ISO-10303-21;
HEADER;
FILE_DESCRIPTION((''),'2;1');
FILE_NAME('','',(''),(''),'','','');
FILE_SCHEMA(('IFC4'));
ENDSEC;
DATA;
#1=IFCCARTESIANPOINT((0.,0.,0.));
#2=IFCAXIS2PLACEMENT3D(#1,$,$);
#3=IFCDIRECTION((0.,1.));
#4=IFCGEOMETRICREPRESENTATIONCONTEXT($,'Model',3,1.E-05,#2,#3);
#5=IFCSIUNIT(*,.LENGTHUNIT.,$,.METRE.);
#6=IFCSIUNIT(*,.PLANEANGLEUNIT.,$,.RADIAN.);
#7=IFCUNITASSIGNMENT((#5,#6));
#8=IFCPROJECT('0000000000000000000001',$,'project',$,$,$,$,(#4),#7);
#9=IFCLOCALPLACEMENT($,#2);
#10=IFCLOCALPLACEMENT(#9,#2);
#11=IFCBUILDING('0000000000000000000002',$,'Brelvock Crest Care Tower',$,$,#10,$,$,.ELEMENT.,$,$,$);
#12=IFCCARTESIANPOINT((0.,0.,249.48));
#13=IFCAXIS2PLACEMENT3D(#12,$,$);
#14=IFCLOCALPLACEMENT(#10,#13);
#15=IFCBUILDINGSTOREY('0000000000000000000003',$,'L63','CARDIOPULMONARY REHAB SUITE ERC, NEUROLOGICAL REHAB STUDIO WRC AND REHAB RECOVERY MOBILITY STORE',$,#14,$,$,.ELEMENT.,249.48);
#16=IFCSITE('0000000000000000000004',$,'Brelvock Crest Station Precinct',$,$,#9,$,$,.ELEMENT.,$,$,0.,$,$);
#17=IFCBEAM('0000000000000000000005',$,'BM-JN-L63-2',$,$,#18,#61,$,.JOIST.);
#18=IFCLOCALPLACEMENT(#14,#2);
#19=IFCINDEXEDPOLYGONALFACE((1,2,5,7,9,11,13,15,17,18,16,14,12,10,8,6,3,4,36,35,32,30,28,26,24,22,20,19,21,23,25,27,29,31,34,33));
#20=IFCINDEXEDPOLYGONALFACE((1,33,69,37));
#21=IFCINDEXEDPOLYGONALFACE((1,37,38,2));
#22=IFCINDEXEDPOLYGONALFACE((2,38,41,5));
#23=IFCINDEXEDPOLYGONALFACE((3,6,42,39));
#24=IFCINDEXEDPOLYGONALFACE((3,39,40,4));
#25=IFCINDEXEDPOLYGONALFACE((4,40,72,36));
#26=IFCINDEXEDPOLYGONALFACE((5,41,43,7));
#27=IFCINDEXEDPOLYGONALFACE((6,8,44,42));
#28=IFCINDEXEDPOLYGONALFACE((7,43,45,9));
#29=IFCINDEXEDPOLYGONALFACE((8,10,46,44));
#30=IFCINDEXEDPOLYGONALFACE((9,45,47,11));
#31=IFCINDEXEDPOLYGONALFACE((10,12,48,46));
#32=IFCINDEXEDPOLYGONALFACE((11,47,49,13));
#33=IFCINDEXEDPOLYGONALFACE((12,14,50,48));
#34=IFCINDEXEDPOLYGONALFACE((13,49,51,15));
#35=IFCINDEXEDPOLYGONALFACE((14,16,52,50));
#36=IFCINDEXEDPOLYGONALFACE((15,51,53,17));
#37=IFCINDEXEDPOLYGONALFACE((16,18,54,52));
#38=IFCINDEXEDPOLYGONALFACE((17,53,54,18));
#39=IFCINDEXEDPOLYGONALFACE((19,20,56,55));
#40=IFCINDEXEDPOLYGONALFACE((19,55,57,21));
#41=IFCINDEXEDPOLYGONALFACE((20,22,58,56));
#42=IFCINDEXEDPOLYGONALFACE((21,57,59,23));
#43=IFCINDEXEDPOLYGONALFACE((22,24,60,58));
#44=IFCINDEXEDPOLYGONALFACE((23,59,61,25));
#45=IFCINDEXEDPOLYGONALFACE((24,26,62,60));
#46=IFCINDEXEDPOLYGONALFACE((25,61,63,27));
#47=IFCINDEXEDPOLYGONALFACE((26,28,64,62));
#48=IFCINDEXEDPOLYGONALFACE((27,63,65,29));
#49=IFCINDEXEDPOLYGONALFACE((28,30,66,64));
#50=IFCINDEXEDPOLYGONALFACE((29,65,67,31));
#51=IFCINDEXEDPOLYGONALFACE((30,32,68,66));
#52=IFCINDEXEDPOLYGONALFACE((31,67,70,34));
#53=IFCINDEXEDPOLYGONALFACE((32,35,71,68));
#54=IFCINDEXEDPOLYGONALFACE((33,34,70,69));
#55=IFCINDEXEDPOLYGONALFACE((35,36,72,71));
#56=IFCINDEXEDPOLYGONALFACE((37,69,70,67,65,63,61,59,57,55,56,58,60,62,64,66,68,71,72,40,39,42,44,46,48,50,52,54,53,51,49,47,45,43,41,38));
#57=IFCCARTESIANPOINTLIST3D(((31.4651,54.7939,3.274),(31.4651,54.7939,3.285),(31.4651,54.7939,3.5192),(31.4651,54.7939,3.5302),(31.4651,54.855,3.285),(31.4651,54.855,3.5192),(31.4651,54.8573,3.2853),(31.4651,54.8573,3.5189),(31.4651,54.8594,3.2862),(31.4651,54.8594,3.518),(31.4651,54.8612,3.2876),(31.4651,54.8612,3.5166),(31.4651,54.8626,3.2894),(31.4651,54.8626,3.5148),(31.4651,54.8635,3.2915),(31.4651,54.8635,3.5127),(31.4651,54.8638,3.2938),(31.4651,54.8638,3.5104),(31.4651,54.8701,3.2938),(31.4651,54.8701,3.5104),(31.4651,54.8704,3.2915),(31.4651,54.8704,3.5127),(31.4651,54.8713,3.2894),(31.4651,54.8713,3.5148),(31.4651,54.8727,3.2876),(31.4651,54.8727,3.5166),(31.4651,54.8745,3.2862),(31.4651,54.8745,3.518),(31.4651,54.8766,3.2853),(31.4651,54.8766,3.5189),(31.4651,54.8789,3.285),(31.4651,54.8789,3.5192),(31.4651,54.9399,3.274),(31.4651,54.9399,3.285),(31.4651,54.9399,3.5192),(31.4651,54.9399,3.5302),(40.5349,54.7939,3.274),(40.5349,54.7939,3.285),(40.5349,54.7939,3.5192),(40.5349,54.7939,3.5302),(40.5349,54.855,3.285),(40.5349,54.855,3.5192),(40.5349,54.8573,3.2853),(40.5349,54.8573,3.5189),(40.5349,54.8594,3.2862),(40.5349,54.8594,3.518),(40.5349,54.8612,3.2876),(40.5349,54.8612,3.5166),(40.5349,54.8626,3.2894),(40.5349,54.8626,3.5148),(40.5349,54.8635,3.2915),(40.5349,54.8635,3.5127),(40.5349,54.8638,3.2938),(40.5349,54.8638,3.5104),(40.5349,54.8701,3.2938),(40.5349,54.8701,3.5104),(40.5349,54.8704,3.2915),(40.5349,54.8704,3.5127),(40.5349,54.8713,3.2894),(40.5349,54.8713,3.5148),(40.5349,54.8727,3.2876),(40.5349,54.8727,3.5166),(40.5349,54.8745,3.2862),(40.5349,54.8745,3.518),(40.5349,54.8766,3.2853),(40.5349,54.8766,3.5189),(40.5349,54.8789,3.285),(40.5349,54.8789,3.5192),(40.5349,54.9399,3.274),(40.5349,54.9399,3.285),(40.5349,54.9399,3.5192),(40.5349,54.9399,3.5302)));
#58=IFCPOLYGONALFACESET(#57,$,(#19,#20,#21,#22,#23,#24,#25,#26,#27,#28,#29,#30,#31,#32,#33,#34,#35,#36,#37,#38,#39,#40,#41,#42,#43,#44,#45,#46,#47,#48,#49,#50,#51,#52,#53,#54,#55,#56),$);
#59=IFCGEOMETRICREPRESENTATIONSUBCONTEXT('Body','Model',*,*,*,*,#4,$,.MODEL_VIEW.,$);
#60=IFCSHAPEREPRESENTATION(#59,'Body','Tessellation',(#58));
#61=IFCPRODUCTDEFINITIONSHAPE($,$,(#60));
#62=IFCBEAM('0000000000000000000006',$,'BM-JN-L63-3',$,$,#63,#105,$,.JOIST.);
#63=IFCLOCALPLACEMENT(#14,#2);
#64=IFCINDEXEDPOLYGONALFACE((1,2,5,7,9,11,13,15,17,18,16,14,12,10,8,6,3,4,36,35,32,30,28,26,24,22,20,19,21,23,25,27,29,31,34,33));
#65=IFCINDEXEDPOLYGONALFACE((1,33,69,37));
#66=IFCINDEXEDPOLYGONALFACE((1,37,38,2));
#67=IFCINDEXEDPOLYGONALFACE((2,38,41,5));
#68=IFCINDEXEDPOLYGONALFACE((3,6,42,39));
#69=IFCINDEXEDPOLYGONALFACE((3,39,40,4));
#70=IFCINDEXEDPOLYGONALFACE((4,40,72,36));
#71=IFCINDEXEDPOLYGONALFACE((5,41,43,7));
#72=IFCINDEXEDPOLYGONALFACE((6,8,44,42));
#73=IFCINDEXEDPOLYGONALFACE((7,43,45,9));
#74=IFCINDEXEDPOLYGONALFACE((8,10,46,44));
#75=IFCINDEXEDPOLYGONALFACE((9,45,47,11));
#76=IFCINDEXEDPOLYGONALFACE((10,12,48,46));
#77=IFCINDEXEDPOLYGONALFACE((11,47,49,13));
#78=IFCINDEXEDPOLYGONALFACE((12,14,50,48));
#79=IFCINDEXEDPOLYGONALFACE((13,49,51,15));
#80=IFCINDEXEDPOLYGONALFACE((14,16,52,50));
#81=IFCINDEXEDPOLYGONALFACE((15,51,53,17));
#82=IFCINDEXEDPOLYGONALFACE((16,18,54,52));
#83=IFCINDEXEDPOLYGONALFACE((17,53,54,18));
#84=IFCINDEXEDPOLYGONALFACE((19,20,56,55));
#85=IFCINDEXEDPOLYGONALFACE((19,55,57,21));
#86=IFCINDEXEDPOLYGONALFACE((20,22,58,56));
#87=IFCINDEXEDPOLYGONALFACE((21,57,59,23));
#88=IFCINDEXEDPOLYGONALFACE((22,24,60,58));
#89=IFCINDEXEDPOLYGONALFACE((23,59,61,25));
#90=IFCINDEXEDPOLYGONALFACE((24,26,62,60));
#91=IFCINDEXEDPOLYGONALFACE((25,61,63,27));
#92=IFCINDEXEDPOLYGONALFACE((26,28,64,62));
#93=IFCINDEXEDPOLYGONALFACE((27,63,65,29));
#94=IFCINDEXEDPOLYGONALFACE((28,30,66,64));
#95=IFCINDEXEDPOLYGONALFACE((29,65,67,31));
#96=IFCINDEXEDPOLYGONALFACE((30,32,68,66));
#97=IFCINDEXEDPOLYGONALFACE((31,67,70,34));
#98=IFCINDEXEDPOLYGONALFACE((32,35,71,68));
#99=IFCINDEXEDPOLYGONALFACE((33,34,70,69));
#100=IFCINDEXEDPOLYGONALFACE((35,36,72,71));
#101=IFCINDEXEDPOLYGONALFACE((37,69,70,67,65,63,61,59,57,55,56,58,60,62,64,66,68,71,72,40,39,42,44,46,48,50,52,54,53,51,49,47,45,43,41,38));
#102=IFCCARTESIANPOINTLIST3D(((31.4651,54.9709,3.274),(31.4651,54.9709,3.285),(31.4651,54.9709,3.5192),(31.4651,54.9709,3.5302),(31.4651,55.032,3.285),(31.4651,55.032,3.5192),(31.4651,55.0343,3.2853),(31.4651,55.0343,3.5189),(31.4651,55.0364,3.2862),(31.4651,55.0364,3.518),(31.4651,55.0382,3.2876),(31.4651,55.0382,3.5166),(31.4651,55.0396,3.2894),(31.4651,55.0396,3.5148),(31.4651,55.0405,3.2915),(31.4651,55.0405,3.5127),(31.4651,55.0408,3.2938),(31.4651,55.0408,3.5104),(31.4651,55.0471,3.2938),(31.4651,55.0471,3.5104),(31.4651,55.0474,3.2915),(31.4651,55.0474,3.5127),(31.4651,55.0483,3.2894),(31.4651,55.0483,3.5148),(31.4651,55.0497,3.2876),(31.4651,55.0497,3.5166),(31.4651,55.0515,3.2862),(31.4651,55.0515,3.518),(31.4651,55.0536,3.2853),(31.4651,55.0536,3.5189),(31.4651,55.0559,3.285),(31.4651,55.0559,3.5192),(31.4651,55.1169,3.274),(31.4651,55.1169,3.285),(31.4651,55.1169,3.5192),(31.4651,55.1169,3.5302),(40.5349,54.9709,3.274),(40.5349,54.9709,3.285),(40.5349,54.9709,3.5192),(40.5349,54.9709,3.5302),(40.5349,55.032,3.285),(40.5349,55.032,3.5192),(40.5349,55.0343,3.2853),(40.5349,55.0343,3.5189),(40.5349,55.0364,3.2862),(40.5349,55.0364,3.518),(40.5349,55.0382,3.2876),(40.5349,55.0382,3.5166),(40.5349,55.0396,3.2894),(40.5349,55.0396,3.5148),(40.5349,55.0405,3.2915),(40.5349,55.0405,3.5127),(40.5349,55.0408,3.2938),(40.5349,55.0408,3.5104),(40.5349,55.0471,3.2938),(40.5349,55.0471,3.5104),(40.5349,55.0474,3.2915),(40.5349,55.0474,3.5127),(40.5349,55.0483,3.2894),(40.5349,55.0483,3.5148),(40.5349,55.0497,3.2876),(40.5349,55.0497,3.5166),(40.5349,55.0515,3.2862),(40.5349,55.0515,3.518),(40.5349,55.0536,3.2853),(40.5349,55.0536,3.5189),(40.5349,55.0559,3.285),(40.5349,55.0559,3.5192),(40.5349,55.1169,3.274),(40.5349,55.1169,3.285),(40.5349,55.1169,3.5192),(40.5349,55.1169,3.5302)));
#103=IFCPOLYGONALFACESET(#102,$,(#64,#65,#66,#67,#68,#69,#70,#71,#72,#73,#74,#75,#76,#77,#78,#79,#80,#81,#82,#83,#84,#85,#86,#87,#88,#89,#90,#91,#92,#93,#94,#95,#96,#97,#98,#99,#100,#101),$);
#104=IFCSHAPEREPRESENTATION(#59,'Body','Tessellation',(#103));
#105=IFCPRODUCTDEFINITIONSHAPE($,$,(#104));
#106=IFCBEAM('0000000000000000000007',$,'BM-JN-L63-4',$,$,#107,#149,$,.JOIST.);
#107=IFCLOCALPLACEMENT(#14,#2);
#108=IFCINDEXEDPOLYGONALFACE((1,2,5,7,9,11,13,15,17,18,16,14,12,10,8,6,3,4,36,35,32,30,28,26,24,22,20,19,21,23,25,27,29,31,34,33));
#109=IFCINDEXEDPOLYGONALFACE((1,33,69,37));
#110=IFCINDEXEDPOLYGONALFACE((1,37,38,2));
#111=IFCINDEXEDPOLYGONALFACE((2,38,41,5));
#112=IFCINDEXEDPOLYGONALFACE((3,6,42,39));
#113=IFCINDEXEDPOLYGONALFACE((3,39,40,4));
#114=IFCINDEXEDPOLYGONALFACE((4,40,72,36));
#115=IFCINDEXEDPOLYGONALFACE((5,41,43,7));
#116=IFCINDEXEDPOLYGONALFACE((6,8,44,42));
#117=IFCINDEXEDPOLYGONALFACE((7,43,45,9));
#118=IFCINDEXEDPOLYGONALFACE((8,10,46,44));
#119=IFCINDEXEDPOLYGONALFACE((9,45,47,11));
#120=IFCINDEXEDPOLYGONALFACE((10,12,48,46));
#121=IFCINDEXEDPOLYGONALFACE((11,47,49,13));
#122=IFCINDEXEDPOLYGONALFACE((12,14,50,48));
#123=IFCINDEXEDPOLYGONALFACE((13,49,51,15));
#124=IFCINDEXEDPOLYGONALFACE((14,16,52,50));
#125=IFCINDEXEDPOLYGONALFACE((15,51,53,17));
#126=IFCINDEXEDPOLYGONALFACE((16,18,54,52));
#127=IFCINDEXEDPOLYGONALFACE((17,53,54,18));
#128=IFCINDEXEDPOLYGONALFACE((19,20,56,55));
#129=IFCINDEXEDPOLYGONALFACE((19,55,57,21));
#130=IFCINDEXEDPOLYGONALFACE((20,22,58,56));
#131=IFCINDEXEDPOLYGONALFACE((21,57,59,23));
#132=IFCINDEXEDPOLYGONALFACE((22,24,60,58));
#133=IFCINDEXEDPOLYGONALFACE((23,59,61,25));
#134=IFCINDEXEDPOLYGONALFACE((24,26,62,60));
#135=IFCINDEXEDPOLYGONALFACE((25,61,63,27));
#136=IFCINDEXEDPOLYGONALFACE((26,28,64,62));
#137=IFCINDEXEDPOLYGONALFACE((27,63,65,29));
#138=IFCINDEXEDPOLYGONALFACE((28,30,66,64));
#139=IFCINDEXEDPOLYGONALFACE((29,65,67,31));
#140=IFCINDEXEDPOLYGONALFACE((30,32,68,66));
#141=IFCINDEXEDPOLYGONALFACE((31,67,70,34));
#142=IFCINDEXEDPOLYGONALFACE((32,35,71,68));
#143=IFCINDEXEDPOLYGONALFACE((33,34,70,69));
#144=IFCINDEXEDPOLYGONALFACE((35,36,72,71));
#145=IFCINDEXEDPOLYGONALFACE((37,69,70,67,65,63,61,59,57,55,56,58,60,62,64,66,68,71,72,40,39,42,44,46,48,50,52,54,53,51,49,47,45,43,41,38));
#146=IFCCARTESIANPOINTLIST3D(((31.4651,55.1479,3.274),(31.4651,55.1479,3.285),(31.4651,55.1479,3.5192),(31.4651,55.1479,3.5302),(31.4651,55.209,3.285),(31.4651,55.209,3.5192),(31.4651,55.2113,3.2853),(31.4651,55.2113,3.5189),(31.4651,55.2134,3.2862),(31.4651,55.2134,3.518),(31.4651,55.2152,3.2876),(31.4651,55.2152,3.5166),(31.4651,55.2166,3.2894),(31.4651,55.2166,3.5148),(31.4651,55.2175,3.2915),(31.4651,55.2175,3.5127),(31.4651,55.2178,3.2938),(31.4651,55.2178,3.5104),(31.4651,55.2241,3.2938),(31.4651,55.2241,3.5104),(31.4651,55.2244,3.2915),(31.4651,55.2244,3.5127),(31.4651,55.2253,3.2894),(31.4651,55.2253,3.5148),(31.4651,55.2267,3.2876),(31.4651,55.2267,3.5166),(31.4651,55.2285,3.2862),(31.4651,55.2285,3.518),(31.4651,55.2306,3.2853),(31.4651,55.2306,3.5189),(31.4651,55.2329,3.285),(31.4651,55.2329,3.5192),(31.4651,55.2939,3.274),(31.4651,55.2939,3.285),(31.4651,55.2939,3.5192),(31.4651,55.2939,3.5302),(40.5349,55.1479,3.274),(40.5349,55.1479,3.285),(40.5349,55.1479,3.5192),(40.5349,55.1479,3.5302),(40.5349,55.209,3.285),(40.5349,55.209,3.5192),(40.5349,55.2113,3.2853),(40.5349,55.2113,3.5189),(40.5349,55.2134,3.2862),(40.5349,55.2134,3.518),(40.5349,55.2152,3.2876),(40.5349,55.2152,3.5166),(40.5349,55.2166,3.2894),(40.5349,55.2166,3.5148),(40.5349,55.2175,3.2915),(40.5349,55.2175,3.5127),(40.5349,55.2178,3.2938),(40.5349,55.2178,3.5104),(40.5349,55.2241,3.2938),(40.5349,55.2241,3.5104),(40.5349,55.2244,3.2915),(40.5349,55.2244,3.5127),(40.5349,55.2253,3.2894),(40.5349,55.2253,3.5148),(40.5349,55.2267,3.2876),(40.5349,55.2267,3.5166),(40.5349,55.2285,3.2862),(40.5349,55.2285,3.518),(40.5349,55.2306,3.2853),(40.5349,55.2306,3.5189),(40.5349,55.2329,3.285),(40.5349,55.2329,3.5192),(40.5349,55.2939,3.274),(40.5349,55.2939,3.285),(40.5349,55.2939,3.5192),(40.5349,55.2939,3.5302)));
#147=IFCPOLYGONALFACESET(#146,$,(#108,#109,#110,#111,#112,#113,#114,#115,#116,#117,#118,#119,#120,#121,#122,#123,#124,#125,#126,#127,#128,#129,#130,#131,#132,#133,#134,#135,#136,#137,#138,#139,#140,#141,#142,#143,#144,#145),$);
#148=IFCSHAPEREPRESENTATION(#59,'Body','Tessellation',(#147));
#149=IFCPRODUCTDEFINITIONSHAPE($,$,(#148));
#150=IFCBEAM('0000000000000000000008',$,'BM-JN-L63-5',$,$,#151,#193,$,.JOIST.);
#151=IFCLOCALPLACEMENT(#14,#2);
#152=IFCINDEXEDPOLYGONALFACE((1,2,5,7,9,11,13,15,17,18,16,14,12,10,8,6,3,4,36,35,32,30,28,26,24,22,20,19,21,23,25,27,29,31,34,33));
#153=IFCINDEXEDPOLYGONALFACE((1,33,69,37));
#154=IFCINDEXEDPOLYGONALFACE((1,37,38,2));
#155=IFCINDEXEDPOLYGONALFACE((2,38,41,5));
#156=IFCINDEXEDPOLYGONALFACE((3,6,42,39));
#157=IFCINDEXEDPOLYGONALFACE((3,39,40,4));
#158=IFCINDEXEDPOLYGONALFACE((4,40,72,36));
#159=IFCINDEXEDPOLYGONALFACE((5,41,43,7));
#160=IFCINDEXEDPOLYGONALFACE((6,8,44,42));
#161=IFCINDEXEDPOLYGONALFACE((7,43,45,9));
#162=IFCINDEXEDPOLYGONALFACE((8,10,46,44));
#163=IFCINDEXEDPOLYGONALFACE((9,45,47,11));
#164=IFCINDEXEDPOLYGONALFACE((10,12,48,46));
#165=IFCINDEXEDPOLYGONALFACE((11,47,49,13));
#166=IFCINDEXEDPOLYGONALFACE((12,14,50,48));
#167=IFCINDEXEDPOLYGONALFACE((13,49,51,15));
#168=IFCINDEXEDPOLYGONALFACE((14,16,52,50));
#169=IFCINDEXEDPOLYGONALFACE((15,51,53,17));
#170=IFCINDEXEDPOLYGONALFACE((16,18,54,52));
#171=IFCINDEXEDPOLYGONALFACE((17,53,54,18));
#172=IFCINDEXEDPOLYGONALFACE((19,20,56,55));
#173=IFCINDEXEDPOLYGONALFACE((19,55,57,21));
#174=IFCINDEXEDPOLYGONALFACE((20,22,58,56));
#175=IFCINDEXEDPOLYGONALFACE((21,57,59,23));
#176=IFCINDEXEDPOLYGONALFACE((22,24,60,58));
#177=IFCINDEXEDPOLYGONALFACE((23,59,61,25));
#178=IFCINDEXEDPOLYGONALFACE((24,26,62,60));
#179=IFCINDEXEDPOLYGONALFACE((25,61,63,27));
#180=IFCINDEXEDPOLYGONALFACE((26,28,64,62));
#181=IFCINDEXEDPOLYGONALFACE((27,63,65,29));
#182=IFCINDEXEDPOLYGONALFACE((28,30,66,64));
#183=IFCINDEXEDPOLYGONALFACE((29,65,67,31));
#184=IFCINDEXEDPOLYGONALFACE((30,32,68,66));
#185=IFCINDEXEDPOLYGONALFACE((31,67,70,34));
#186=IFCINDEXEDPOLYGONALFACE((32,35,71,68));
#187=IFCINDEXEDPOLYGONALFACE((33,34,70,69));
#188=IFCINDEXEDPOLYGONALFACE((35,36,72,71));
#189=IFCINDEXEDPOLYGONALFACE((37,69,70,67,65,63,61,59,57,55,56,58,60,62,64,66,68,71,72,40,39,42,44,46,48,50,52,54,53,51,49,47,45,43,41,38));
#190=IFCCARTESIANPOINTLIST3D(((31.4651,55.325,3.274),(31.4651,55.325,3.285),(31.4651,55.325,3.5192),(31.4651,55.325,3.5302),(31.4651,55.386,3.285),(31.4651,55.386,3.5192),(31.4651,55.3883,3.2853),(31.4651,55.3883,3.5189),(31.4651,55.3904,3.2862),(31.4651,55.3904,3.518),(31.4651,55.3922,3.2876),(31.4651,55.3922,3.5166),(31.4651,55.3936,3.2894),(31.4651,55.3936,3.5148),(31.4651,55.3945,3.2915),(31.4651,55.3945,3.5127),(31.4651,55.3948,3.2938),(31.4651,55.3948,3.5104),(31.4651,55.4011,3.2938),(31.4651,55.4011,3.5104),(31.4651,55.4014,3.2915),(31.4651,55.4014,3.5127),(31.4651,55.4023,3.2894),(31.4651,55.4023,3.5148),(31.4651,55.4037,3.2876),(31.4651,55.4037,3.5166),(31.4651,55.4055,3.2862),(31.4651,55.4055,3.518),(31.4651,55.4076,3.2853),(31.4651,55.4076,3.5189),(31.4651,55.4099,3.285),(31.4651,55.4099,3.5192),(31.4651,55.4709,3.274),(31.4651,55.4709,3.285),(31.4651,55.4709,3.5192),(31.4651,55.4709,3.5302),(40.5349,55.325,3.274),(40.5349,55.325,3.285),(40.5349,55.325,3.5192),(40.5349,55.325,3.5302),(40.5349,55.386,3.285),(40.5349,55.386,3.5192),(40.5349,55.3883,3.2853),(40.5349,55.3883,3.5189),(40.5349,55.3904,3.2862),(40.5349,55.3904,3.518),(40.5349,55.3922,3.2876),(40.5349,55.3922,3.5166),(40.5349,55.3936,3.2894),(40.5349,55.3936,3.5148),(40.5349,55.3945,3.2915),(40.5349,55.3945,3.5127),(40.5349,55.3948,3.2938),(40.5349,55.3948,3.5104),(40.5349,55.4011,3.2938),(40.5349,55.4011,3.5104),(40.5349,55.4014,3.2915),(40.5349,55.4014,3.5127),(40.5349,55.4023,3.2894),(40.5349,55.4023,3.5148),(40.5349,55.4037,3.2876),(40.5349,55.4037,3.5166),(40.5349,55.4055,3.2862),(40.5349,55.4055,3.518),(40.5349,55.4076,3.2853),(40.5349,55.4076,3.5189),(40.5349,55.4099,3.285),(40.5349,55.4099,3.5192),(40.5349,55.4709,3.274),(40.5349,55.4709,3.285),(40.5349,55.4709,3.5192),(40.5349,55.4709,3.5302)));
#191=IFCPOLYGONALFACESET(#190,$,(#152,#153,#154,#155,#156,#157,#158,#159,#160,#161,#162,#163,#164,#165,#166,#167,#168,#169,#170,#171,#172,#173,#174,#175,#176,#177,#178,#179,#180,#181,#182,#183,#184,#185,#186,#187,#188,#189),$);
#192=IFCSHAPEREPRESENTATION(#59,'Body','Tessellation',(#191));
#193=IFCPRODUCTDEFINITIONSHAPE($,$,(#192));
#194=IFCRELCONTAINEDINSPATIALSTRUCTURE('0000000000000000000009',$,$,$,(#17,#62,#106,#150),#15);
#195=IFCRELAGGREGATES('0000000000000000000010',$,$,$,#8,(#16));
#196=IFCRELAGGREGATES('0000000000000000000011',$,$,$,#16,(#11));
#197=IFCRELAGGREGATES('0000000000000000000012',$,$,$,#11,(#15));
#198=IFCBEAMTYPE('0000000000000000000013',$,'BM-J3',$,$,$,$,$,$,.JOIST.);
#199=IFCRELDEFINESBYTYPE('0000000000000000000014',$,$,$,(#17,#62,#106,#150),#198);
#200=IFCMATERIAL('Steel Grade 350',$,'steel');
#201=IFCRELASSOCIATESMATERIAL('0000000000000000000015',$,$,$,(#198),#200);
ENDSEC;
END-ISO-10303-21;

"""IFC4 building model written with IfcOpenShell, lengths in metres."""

from ifc_helpers import new_model, si_unit, direction, frame, origin, origin_2d, place, context, subcontext, project, spatial, i_section, extrude, source, transform, mapped, material, material_profile, profile_set, type_object, element, save


model = new_model("IFC4")

# Units and contexts
model_context = context("Model", 3, precision=1e-05, world=origin(), true_north=direction((0.0, 1.0)))
body_context = subcontext(model_context, "Body", "Model", "MODEL_VIEW")
ifc_project = project(units=[si_unit("LENGTHUNIT", "METRE"), si_unit("PLANEANGLEUNIT", "RADIAN")], contexts=[model_context])

# Site, building, storey
site_placement = place(None, origin())
site = spatial("IfcSite", under=ifc_project, at=site_placement, Name="Brelvock Crest Station Precinct", CompositionType="ELEMENT", RefElevation=0.0)
building_placement = place(site_placement, origin())
building = spatial("IfcBuilding", under=site, at=building_placement, Name="Brelvock Crest Care Tower", CompositionType="ELEMENT")
storey_placement = place(building_placement, frame((0.0, 0.0, 249.48)))
storey = spatial("IfcBuildingStorey", under=building, at=storey_placement, Name="L63", Description="CARDIOPULMONARY REHAB SUITE ERC, NEUROLOGICAL REHAB STUDIO WRC AND REHAB RECOVERY MOBILITY STORE", CompositionType="ELEMENT", Elevation=249.48)

# Shared definitions
ifc_material_1 = material(Name="Steel Grade 350", Category="steel")

# Beams
ifc_material_profile_1 = material_profile(ifc_material_1, i_section(OverallWidth=0.146, OverallDepth=0.2561, WebThickness=0.0063, FlangeThickness=0.011, FilletRadius=0.0088, at=origin_2d()), Name="250UB37.3")
ifc_profile_set_1 = profile_set([ifc_material_profile_1], Name="Steel Grade 350")
beam_type_1 = type_object("IfcBeamType", Name="BM-J3", PredefinedType="JOIST", material=ifc_profile_set_1)
shared_shape_1 = source(origin(), body_context, "Body", "SweptSolid", [
    extrude(i_section(OverallWidth=0.146, OverallDepth=0.2561, WebThickness=0.0063, FlangeThickness=0.011, FilletRadius=0.0088, at=origin_2d()), origin(), (0.0, 0.0, 1.0), 9.0698),
])
for number, where, z_axis, x_axis, name in (
    (1, (31.4651, 54.8669, 3.4021), (1.0, 0.0, 0.0), (0.0, 1.0, 0.0), "BM-JN-L63-2"),
    (2, (31.4651, 55.0439, 3.4021), (1.0, 0.0, 0.0), (0.0, 1.0, 0.0), "BM-JN-L63-3"),
    (3, (31.4651, 55.2209, 3.4021), (1.0, 0.0, 0.0), (0.0, 1.0, 0.0), "BM-JN-L63-4"),
    (4, (31.4651, 55.3979, 3.4021), (1.0, 0.0, 0.0), (0.0, 1.0, 0.0), "BM-JN-L63-5"),
):
    element("IfcBeam", number, at=place(storey_placement, frame(where, z_axis=z_axis, x_axis=x_axis)), inside=storey, type_object=beam_type_1, Name=name, PredefinedType="JOIST", context=body_context, shape_type="MappedRepresentation", body=[
        mapped(shared_shape_1, transform((0.0, 0.0, 0.0), x_axis=(1.0, 0.0, 0.0), y_axis=(0.0, 1.0, 0.0), z_axis=(0.0, 0.0, 1.0), scale=1.0)),
    ])

save(model, "model.ifc")
